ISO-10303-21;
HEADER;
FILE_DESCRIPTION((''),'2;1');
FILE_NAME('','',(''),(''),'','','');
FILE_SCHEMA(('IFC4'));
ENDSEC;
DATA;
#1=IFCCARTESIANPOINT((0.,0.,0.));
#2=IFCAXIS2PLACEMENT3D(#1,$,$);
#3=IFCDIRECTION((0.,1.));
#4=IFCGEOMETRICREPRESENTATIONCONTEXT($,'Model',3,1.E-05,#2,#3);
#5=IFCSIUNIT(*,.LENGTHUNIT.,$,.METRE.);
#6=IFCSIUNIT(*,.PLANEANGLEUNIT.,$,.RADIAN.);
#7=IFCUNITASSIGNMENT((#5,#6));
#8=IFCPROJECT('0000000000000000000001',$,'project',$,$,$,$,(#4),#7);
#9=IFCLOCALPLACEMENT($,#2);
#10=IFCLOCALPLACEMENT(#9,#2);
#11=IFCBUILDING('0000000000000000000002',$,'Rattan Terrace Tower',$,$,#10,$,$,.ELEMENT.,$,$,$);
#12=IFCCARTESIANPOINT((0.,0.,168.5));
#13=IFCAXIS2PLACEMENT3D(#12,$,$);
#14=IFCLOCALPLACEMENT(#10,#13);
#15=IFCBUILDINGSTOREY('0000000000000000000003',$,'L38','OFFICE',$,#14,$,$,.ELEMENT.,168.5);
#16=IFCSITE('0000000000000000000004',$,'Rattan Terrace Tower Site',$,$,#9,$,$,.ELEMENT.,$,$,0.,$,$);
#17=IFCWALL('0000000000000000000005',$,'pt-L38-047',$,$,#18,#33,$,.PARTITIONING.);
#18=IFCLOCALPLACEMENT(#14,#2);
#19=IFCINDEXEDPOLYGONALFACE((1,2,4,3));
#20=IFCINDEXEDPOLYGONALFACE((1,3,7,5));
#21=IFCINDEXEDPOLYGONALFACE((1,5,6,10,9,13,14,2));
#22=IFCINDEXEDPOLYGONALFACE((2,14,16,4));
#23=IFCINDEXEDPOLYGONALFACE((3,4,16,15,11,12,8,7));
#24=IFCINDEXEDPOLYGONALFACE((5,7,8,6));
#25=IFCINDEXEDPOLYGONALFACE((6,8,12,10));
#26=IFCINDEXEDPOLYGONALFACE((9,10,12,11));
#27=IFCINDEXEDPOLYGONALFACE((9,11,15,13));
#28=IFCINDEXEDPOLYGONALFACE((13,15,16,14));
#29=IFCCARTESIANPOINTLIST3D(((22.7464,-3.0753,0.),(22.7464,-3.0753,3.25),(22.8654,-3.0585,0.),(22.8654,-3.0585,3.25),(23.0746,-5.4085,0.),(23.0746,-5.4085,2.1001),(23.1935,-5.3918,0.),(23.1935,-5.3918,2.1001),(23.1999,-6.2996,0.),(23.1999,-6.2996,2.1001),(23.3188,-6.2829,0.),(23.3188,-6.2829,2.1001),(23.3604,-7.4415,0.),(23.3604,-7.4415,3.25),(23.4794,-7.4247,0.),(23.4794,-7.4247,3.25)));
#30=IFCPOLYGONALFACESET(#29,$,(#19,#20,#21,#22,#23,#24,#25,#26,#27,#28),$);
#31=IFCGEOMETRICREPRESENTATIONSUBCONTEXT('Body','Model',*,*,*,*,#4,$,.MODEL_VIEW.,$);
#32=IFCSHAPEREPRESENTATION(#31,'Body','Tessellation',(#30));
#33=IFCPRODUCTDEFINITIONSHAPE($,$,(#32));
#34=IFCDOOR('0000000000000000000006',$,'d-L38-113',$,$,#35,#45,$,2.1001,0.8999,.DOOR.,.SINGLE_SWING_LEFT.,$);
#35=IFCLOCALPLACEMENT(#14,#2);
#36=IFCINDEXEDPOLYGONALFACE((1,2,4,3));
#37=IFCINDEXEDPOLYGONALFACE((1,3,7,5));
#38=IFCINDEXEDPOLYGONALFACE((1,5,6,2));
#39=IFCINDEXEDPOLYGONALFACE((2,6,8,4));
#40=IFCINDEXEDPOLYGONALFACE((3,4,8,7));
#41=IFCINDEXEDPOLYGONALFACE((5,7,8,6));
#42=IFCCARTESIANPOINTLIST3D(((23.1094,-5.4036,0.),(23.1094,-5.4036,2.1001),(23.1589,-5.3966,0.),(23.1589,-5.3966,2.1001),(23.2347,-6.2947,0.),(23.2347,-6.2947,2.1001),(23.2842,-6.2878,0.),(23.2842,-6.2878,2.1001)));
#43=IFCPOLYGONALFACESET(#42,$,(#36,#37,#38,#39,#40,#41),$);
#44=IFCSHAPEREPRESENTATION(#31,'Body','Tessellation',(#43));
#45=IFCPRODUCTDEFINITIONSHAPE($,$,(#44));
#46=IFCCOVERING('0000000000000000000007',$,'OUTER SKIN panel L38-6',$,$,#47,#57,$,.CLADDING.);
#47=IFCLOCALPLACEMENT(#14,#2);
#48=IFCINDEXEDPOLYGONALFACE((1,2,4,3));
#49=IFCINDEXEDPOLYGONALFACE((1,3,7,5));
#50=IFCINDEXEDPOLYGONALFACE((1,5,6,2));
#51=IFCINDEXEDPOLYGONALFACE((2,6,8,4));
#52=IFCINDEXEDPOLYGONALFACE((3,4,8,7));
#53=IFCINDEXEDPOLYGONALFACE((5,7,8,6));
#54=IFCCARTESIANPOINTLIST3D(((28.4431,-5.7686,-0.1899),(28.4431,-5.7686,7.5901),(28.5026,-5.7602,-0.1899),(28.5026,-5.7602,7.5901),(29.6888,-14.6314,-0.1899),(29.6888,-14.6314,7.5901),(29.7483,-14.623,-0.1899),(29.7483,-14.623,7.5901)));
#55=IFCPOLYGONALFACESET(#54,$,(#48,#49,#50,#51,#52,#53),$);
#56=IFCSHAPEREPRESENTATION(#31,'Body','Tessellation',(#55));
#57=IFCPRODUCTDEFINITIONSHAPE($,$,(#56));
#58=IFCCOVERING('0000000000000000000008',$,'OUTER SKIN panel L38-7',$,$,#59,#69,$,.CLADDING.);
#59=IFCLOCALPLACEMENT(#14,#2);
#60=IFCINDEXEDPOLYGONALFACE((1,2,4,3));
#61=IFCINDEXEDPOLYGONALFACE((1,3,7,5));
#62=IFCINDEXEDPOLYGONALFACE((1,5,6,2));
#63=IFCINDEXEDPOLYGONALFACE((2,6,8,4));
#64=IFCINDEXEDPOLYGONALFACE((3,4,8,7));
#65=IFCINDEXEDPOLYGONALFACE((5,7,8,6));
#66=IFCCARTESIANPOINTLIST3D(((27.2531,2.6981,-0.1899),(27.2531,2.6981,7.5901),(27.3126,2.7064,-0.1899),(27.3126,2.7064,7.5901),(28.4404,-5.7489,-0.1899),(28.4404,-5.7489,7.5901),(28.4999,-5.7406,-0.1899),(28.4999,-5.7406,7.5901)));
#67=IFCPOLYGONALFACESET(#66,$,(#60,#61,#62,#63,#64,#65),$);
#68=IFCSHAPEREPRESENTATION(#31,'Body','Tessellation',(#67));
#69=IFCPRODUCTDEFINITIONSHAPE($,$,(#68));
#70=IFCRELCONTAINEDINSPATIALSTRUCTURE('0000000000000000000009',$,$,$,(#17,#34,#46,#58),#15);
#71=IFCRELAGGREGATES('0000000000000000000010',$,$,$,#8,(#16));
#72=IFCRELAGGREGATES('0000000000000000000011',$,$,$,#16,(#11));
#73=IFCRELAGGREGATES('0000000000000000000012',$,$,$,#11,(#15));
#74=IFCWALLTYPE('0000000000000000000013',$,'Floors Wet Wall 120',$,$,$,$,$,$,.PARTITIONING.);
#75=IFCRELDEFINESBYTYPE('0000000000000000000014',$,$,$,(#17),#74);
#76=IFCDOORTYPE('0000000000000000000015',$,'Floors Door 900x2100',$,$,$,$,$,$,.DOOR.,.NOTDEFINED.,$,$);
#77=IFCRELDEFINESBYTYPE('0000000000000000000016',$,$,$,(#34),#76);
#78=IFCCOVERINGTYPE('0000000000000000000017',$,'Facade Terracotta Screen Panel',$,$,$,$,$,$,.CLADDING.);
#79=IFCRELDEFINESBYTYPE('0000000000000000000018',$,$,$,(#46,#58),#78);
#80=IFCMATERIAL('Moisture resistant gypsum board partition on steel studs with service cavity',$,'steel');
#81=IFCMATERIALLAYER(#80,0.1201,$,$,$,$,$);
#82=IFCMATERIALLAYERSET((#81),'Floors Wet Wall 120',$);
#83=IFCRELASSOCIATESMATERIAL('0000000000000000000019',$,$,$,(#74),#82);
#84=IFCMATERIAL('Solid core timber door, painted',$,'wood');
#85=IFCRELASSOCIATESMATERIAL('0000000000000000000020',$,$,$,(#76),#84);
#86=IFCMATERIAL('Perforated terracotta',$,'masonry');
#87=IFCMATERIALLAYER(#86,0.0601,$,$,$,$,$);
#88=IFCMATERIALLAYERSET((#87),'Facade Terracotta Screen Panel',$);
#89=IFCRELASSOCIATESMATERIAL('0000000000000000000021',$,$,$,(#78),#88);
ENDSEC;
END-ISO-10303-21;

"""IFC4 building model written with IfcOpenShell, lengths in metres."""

from ifc_helpers import new_model, si_unit, direction, frame, frame_2d, origin, origin_2d, place, context, subcontext, project, spatial, rectangle, extrude, material, layer, layer_set, type_object, element, fill, save


model = new_model("IFC4")

# Units and contexts
model_context = context("Model", 3, precision=1e-05, world=origin(), true_north=direction((0.0, 1.0)))
body_context = subcontext(model_context, "Body", "Model", "MODEL_VIEW")
ifc_project = project(units=[si_unit("LENGTHUNIT", "METRE"), si_unit("PLANEANGLEUNIT", "RADIAN")], contexts=[model_context])

# Site, building, storey
site_placement = place(None, origin())
site = spatial("IfcSite", under=ifc_project, at=site_placement, Name="Rattan Terrace Tower Site", CompositionType="ELEMENT", RefElevation=0.0)
building_placement = place(site_placement, origin())
building = spatial("IfcBuilding", under=site, at=building_placement, Name="Rattan Terrace Tower", CompositionType="ELEMENT")
storey_placement = place(building_placement, frame((0.0, 0.0, 168.5)))
storey = spatial("IfcBuildingStorey", under=building, at=storey_placement, Name="L38", Description="OFFICE", CompositionType="ELEMENT", Elevation=168.5)

# Shared definitions
ifc_material_1 = material(Name="Moisture resistant gypsum board partition on steel studs with service cavity", Category="steel")
ifc_layer_1 = layer(ifc_material_1, 0.1201)
ifc_layer_set_1 = layer_set([ifc_layer_1], Name="Floors Wet Wall 120")
wall_type_1 = type_object("IfcWallType", Name="Floors Wet Wall 120", PredefinedType="PARTITIONING", material=ifc_layer_set_1)

# Wall, opening, door
wall_1_placement = place(storey_placement, frame((23.4199, -7.4331, 0.0), z_axis=(0.0, 0.0, 1.0), x_axis=(-0.139258, 0.990256, 0.0)))
wall_1 = element("IfcWall", 1, at=wall_1_placement, inside=storey, type_object=wall_type_1, Name="pt-L38-047", PredefinedType="PARTITIONING", context=body_context, shape_type="SweptSolid", body=[
    extrude(rectangle(XDim=4.4092, YDim=0.1201, at=frame_2d((2.2046, 0.0))), origin(), (0.0, 0.0, 1.0), 3.25),
])
opening_1_placement = place(wall_1_placement, frame((1.1531, 0.0, 0.0)))
opening_1 = element("IfcOpeningElement", 2, at=opening_1_placement, cuts=wall_1, PredefinedType="OPENING", context=body_context, shape_type="SweptSolid", body=[
    extrude(rectangle(XDim=0.8999, YDim=2.1001, at=frame_2d((0.45, 1.05))), frame((0.0, 0.0706, 0.0), z_axis=(0.0, -1.0, 0.0), x_axis=(1.0, 0.0, 0.0)), (0.0, 0.0, 1.0), 0.1411),
])
ifc_material_2 = material(Name="Solid core timber door, painted", Category="wood")
door_type_1 = type_object("IfcDoorType", Name="Floors Door 900x2100", OperationType="NOTDEFINED", PredefinedType="DOOR", material=ifc_material_2)
door_1_placement = place(opening_1_placement, origin())
door_1 = element("IfcDoor", 3, at=door_1_placement, inside=storey, type_object=door_type_1, Name="d-L38-113", OperationType="SINGLE_SWING_LEFT", OverallHeight=2.1001, OverallWidth=0.8999, PredefinedType="DOOR", context=body_context, shape_type="SweptSolid", body=[
    extrude(rectangle(XDim=0.8999, YDim=2.1001, at=frame_2d((0.45, 1.05))), frame((0.0, 0.0249, 0.0), z_axis=(0.0, -1.0, 0.0), x_axis=(1.0, 0.0, 0.0)), (0.0, 0.0, 1.0), 0.05),
])
fill(opening_1, door_1)

# Coverings
ifc_material_3 = material(Name="Perforated terracotta", Category="masonry")
ifc_layer_2 = layer(ifc_material_3, 0.0601)
ifc_layer_set_2 = layer_set([ifc_layer_2], Name="Facade Terracotta Screen Panel")
covering_type = type_object("IfcCoveringType", Name="Facade Terracotta Screen Panel", PredefinedType="CLADDING", material=ifc_layer_set_2)
covering_1_placement = place(storey_placement, frame((29.0957, -10.1958, -0.1899), z_axis=(0.0, 0.0, 1.0), x_axis=(-0.139191, 0.990266, 0.0)))
element("IfcCovering", 4, at=covering_1_placement, inside=storey, type_object=covering_type, Name="OUTER SKIN panel L38-6", PredefinedType="CLADDING", context=body_context, shape_type="SweptSolid", body=[
    extrude(rectangle(XDim=8.95, YDim=0.0601, at=origin_2d()), origin(), (0.0, 0.0, 1.0), 7.78),
])
covering_2_placement = place(storey_placement, frame((27.8765, -1.5212, -0.1899), z_axis=(0.0, 0.0, 1.0), x_axis=(-0.139191, 0.990266, 0.0)))
element("IfcCovering", 5, at=covering_2_placement, inside=storey, type_object=covering_type, Name="OUTER SKIN panel L38-7", PredefinedType="CLADDING", context=body_context, shape_type="SweptSolid", body=[
    extrude(rectangle(XDim=8.53, YDim=0.0601, at=origin_2d()), origin(), (0.0, 0.0, 1.0), 7.78),
])

save(model, "model.ifc")
